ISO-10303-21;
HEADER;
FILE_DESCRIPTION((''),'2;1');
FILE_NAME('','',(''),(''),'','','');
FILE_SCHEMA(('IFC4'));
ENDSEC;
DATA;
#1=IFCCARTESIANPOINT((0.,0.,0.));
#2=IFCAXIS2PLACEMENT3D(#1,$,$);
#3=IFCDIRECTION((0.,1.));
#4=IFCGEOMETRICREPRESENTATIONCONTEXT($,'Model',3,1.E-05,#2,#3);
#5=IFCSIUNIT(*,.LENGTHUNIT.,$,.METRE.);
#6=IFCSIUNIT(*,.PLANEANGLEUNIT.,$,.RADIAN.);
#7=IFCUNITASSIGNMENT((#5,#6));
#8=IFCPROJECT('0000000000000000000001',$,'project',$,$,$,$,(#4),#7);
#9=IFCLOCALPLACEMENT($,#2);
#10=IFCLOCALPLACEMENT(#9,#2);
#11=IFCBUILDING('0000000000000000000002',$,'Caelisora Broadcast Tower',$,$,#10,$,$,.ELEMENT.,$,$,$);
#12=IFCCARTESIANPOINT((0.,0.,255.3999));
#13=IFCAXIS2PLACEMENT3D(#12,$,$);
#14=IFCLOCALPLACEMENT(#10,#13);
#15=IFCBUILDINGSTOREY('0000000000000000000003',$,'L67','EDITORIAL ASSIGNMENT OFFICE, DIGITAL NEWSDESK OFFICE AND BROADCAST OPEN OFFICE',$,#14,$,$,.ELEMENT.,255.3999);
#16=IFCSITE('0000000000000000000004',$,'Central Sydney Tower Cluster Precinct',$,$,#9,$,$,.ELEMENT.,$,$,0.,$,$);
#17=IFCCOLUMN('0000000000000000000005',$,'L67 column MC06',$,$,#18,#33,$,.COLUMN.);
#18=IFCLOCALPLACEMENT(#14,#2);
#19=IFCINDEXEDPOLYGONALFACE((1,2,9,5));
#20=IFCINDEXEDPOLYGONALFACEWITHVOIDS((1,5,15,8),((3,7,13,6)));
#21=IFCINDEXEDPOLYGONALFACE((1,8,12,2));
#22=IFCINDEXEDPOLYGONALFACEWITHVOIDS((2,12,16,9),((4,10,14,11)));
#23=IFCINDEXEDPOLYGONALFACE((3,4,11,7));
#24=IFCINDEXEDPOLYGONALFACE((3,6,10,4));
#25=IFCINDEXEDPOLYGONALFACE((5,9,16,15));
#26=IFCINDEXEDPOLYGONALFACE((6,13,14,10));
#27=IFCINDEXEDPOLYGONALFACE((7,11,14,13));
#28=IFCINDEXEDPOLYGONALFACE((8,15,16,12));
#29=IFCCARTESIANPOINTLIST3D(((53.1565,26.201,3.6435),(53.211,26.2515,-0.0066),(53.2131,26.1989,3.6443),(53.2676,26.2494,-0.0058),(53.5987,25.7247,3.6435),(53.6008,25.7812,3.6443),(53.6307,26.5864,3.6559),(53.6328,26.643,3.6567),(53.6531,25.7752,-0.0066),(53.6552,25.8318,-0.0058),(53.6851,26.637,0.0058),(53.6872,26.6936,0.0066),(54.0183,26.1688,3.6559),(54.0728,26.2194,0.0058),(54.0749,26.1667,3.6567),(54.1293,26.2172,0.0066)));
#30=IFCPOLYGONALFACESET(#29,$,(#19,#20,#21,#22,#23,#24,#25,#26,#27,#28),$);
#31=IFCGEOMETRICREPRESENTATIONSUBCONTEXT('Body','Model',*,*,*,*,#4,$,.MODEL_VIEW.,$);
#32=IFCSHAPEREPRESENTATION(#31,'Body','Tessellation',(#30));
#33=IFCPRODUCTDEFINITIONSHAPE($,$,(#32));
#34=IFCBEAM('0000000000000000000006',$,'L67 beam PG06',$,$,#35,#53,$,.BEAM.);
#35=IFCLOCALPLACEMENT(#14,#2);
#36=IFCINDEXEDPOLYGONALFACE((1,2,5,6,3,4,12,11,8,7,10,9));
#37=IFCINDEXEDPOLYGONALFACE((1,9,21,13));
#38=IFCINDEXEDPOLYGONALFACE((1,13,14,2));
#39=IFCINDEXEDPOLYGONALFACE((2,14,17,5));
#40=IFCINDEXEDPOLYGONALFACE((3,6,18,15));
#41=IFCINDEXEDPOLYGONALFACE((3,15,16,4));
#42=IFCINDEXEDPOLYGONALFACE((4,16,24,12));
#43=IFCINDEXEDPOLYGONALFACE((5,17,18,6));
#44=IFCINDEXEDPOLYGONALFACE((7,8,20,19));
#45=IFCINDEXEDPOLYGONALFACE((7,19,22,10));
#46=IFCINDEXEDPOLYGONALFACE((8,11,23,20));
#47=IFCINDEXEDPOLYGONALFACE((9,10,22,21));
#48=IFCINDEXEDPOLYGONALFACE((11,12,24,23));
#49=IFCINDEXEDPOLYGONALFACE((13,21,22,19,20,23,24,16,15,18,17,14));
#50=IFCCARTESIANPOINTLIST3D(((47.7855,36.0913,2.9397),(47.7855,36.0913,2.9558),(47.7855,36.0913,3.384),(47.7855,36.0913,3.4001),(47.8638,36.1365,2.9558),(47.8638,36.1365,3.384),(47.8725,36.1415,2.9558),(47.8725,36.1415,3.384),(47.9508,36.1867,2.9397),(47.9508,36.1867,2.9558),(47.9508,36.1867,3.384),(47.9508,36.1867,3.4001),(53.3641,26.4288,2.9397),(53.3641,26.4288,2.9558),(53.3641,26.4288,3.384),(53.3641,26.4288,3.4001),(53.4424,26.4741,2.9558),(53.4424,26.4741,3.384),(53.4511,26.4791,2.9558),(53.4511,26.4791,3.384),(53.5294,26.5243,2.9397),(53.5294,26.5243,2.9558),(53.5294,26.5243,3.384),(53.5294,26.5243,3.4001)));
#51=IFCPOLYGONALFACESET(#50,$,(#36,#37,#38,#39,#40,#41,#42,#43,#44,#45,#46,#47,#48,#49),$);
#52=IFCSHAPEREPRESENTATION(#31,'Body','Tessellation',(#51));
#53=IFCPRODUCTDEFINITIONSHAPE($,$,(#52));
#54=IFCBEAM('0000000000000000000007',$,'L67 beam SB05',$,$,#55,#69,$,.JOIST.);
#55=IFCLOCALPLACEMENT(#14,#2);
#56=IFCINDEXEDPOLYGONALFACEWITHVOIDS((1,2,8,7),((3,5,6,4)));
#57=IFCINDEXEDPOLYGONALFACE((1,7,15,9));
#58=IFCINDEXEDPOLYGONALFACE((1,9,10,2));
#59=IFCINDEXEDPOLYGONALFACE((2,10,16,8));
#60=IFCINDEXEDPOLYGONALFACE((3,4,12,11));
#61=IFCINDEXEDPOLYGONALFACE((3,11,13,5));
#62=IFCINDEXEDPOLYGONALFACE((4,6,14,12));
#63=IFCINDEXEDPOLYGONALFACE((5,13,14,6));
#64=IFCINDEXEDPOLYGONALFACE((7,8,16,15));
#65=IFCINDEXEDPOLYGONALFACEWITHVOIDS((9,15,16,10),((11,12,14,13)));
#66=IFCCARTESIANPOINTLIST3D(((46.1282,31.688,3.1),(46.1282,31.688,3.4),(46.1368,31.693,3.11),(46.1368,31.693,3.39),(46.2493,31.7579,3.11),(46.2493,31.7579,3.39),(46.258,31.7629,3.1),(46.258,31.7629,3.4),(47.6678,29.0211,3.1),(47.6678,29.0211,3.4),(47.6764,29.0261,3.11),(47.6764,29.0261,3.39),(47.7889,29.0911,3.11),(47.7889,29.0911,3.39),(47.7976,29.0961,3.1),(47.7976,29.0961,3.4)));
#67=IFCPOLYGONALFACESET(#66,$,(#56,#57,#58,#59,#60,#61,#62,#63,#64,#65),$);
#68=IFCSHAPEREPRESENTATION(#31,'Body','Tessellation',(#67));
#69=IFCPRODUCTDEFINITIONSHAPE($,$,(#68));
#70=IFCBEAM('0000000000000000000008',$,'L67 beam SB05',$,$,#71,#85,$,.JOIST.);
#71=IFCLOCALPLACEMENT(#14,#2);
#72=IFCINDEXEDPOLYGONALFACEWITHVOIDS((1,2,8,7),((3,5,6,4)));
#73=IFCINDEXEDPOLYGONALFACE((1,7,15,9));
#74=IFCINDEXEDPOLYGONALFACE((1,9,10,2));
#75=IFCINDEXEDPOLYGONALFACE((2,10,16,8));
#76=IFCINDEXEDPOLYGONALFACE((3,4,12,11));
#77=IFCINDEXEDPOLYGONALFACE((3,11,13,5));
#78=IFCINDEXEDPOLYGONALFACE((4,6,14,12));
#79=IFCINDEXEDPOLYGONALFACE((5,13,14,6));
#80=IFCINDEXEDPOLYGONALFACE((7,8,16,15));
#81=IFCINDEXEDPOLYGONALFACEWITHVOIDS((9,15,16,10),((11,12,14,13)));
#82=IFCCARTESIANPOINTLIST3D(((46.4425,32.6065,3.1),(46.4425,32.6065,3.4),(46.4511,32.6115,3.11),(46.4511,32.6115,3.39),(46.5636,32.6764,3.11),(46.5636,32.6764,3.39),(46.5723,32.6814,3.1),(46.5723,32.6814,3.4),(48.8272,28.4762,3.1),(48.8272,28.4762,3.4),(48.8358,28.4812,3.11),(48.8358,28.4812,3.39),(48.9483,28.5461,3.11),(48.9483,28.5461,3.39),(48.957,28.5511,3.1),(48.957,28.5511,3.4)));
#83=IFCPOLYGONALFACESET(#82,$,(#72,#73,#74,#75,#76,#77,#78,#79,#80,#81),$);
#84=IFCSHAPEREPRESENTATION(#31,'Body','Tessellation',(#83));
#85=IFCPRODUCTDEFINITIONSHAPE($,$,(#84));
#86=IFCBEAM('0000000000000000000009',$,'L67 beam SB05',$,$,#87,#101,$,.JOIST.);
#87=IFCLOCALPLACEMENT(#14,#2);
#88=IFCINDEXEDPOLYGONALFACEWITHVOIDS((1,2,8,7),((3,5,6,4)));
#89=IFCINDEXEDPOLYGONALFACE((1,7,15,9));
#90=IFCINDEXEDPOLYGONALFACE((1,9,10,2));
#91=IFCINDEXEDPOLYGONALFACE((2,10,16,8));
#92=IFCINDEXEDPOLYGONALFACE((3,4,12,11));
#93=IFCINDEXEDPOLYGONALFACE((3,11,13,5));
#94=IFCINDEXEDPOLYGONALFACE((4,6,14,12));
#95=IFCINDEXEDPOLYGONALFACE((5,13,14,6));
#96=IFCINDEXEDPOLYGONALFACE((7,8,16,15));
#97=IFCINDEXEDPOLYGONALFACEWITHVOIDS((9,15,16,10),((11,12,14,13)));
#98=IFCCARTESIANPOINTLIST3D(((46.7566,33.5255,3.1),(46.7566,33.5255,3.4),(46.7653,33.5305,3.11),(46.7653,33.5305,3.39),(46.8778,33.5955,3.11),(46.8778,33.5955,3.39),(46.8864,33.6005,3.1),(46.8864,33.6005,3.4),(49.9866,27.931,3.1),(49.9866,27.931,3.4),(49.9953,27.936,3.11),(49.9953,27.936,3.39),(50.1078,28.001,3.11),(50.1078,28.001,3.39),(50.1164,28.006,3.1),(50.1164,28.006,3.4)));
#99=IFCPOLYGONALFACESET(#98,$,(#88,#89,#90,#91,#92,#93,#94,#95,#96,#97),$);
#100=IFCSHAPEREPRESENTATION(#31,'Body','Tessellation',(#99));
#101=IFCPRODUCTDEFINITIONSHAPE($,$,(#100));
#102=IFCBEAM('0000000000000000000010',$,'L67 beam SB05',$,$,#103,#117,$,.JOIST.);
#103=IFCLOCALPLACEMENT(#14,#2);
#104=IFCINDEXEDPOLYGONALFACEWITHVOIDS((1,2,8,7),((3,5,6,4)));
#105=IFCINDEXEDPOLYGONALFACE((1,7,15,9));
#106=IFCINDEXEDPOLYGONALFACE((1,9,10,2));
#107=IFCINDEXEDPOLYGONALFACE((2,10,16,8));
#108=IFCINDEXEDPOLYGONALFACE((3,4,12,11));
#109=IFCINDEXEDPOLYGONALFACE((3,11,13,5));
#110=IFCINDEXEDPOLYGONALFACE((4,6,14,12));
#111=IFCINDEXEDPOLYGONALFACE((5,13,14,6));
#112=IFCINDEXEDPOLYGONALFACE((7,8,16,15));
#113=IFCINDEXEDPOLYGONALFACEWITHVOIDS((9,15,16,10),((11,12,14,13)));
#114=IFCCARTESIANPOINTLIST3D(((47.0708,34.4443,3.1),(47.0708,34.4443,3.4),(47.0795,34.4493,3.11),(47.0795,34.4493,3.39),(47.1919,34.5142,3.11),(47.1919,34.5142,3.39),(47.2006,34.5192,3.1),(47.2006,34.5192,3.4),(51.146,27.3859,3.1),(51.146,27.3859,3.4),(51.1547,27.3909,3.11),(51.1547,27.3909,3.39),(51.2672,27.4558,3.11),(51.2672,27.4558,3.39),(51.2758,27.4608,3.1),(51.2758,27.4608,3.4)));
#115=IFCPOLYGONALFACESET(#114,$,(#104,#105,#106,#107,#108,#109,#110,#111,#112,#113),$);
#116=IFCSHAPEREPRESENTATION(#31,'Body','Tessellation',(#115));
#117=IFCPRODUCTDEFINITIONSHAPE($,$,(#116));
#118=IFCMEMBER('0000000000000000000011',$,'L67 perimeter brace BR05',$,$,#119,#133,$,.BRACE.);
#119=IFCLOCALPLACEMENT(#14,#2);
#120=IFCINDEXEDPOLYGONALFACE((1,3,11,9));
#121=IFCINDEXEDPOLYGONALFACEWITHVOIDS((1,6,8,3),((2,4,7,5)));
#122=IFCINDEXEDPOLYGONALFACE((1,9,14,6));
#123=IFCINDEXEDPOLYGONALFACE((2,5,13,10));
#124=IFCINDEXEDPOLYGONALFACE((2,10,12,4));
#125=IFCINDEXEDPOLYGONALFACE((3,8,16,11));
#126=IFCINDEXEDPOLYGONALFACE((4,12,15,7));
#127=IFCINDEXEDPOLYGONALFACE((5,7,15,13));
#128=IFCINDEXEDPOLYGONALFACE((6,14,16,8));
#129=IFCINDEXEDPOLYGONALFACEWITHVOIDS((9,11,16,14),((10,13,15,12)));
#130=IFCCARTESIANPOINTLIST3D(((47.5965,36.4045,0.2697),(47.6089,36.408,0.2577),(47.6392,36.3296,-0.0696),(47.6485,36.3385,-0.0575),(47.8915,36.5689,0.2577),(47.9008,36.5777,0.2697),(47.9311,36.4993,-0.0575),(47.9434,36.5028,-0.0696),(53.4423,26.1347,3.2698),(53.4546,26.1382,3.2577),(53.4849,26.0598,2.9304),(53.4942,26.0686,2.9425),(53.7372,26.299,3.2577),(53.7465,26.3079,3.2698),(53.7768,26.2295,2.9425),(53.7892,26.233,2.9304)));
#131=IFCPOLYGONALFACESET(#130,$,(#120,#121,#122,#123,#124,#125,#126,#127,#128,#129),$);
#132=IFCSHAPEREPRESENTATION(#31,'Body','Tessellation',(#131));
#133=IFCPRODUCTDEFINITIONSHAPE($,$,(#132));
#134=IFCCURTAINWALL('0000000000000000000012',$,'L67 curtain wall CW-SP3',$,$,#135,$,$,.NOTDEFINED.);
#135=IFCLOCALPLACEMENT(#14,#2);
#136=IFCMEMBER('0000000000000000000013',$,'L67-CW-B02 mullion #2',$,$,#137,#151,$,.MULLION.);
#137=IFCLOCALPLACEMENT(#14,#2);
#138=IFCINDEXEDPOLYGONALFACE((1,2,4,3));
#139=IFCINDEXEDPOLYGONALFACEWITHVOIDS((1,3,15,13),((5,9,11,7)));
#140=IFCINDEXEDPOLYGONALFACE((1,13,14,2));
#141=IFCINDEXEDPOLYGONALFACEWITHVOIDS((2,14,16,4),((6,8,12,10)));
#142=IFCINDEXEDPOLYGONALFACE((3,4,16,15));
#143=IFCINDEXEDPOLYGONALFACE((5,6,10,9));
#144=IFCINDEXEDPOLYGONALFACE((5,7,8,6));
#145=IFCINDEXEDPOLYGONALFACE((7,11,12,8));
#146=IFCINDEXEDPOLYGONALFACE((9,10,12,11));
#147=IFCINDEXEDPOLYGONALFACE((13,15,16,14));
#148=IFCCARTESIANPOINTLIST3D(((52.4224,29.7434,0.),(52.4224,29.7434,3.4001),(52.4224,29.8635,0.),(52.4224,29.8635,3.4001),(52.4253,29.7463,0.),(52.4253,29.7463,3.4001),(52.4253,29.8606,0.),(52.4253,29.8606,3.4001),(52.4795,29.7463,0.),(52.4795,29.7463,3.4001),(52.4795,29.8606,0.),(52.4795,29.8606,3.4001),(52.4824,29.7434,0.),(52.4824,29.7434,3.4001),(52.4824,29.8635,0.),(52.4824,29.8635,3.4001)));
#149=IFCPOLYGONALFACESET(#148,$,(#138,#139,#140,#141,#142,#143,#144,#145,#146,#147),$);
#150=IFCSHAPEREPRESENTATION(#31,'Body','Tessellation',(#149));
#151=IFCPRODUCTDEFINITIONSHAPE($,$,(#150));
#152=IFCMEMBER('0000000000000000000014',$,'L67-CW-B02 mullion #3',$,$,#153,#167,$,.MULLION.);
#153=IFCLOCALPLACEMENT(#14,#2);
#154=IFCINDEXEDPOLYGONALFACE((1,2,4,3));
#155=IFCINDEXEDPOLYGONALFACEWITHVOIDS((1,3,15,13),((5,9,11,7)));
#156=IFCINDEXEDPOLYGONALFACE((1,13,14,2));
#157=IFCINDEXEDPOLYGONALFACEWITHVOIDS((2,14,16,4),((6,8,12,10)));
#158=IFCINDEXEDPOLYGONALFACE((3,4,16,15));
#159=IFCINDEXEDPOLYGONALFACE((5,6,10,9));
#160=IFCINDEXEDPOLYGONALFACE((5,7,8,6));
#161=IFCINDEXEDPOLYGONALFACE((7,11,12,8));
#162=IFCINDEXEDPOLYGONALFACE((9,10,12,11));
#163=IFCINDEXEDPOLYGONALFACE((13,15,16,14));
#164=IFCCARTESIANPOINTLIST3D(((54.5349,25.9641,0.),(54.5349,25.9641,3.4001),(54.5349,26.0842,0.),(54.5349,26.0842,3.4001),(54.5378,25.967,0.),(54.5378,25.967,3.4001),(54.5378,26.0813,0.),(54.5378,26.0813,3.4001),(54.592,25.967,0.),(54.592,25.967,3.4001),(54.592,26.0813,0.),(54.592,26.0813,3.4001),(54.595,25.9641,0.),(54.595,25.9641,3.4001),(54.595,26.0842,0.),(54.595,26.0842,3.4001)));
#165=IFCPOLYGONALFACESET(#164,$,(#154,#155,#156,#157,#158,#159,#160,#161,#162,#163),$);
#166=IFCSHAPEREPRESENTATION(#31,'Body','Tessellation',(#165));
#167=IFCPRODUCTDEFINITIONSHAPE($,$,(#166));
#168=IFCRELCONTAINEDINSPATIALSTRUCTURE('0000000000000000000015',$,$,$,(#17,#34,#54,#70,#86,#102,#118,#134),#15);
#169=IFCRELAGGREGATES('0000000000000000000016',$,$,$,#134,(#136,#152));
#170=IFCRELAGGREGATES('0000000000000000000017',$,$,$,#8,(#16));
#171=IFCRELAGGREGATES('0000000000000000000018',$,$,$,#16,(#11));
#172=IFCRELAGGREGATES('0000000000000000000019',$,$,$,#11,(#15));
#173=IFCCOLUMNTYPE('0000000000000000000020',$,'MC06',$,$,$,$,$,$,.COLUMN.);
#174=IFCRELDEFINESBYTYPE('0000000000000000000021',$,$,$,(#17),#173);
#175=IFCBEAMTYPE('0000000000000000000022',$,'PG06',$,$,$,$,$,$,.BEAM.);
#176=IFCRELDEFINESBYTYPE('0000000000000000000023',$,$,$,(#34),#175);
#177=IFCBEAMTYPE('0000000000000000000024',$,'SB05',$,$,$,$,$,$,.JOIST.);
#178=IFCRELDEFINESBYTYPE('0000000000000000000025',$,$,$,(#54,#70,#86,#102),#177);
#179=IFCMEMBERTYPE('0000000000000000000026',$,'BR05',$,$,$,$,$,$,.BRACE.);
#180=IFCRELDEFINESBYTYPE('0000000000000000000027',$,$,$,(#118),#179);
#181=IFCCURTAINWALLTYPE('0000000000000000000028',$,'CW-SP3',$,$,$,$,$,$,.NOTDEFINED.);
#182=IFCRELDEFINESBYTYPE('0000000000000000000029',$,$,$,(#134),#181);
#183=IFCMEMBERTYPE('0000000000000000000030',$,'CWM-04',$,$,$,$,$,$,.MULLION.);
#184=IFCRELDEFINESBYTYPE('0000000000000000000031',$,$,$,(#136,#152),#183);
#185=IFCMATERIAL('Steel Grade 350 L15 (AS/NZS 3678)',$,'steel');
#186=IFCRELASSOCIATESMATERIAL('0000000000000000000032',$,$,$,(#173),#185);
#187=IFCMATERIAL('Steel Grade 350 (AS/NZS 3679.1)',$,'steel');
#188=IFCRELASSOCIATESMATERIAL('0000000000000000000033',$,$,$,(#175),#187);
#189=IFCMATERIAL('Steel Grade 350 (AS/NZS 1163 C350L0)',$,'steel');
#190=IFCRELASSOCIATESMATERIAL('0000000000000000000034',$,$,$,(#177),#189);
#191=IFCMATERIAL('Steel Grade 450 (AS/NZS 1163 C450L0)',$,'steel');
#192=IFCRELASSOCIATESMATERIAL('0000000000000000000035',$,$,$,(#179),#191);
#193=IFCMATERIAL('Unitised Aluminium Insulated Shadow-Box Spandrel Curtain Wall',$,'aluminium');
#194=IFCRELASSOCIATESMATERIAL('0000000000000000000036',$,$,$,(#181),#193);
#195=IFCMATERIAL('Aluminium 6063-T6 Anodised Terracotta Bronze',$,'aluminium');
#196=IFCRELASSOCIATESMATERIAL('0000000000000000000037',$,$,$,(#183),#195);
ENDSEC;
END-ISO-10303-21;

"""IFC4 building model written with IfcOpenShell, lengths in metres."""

from ifc_helpers import new_model, si_unit, direction, frame, origin, origin_2d, place, context, subcontext, project, spatial, hollow_rectangle, i_section, extrude, source, transform, mapped, material, material_profile, profile_set, type_object, type_shapes, element, aggregate, save


model = new_model("IFC4")

# Units and contexts
model_context = context("Model", 3, precision=1e-05, world=origin(), true_north=direction((0.0, 1.0)))
body_context = subcontext(model_context, "Body", "Model", "MODEL_VIEW")
ifc_project = project(units=[si_unit("LENGTHUNIT", "METRE"), si_unit("PLANEANGLEUNIT", "RADIAN")], contexts=[model_context])

# Site, building, storey
site_placement = place(None, origin())
site = spatial("IfcSite", under=ifc_project, at=site_placement, Name="Central Sydney Tower Cluster Precinct", CompositionType="ELEMENT", RefElevation=0.0)
building_placement = place(site_placement, origin())
building = spatial("IfcBuilding", under=site, at=building_placement, Name="Caelisora Broadcast Tower", CompositionType="ELEMENT")
storey_placement = place(building_placement, frame((0.0, 0.0, 255.3999)))
storey = spatial("IfcBuildingStorey", under=building, at=storey_placement, Name="L67", Description="EDITORIAL ASSIGNMENT OFFICE, DIGITAL NEWSDESK OFFICE AND BROADCAST OPEN OFFICE", CompositionType="ELEMENT", Elevation=255.3999)

# Column
ifc_material_1 = material(Name="Steel Grade 350 L15 (AS/NZS 3678)", Category="steel")
ifc_material_profile_1 = material_profile(ifc_material_1, hollow_rectangle(XDim=0.6499, YDim=0.6499, WallThickness=0.04, at=origin_2d()), Name="Steel Grade 350 L15 (AS/NZS 3678)")
ifc_profile_set_1 = profile_set([ifc_material_profile_1], Name="Steel Grade 350 L15 (AS/NZS 3678)")
column_type = type_object("IfcColumnType", Name="MC06", PredefinedType="COLUMN", material=ifc_profile_set_1)
shared_shape_1 = source(origin(), body_context, "Body", "SweptSolid", [
    extrude(hollow_rectangle(XDim=0.6499, YDim=0.6499, WallThickness=0.04, at=origin_2d()), origin(), (0.0, 0.0, 1.0), 3.6509),
])
type_shapes(column_type, [shared_shape_1])
column_placement = place(storey_placement, frame((53.6702, 26.2344, 0.0), z_axis=(-0.014912, -0.013842, 0.999793), x_axis=(0.680325, -0.732911, 0.0)))
element("IfcColumn", 1, at=column_placement, inside=storey, type_object=column_type, Name="L67 column MC06", PredefinedType="COLUMN", context=body_context, shape_type="MappedRepresentation", body=[
    mapped(shared_shape_1, transform((0.0, 0.0, 0.0), scale=1.0)),
])

# Beams
ifc_material_2 = material(Name="Steel Grade 350 (AS/NZS 3679.1)", Category="steel")
ifc_material_profile_2 = material_profile(ifc_material_2, i_section(OverallWidth=0.1909, OverallDepth=0.4604, WebThickness=0.01, FlangeThickness=0.0161, at=origin_2d()), Name="Steel Grade 350 (AS/NZS 3679.1)")
ifc_profile_set_2 = profile_set([ifc_material_profile_2], Name="Steel Grade 350 (AS/NZS 3679.1)")
beam_type_1 = type_object("IfcBeamType", Name="PG06", PredefinedType="BEAM", material=ifc_profile_set_2)
shared_shape_2 = source(origin(), body_context, "Body", "SweptSolid", [
    extrude(i_section(OverallWidth=0.1909, OverallDepth=0.4604, WebThickness=0.01, FlangeThickness=0.0161, at=origin_2d()), origin(), (0.0, 0.0, 1.0), 11.1572),
])
type_shapes(beam_type_1, [shared_shape_2])
beam_1_placement = place(storey_placement, frame((53.4468, 26.4766, 3.1699), z_axis=(-0.500003, 0.866023, 0.0), x_axis=(-0.866023, -0.500003, 0.0)))
element("IfcBeam", 2, at=beam_1_placement, inside=storey, type_object=beam_type_1, Name="L67 beam PG06", PredefinedType="BEAM", context=body_context, shape_type="MappedRepresentation", body=[
    mapped(shared_shape_2, transform((0.0, 0.0, 0.0), scale=1.0)),
])
ifc_material_3 = material(Name="Steel Grade 350 (AS/NZS 1163 C350L0)", Category="steel")
ifc_material_profile_3 = material_profile(ifc_material_3, hollow_rectangle(XDim=0.1499, YDim=0.3, WallThickness=0.01, at=origin_2d()), Name="Steel Grade 350 (AS/NZS 1163 C350L0)")
ifc_profile_set_3 = profile_set([ifc_material_profile_3], Name="Steel Grade 350 (AS/NZS 1163 C350L0)")
beam_type_2 = type_object("IfcBeamType", Name="SB05", PredefinedType="JOIST", material=ifc_profile_set_3)
shared_shape_3 = source(origin(), body_context, "Body", "SweptSolid", [
    extrude(hollow_rectangle(XDim=0.1499, YDim=0.3, WallThickness=0.01, at=origin_2d()), origin(), (0.0, 0.0, 1.0), 3.0793),
])
beam_2_placement = place(storey_placement, frame((47.7327, 29.0586, 3.25), z_axis=(-0.499976, 0.866039, 0.0), x_axis=(-0.866039, -0.499976, 0.0)))
element("IfcBeam", 3, at=beam_2_placement, inside=storey, type_object=beam_type_2, Name="L67 beam SB05", PredefinedType="JOIST", context=body_context, shape_type="MappedRepresentation", body=[
    mapped(shared_shape_3, transform((0.0, 0.0, 0.0), scale=1.0)),
])
shared_shape_4 = source(origin(), body_context, "Body", "SweptSolid", [
    extrude(hollow_rectangle(XDim=0.1499, YDim=0.3, WallThickness=0.01, at=origin_2d()), origin(), (0.0, 0.0, 1.0), 4.7693),
])
beam_3_placement = place(storey_placement, frame((48.8921, 28.5137, 3.25), z_axis=(-0.500015, 0.866017, 0.0), x_axis=(-0.866017, -0.500015, 0.0)))
element("IfcBeam", 4, at=beam_3_placement, inside=storey, type_object=beam_type_2, Name="L67 beam SB05", PredefinedType="JOIST", context=body_context, shape_type="MappedRepresentation", body=[
    mapped(shared_shape_4, transform((0.0, 0.0, 0.0), scale=1.0)),
])
shared_shape_5 = source(origin(), body_context, "Body", "SweptSolid", [
    extrude(hollow_rectangle(XDim=0.1499, YDim=0.3, WallThickness=0.01, at=origin_2d()), origin(), (0.0, 0.0, 1.0), 6.46),
])
beam_4_placement = place(storey_placement, frame((50.0515, 27.9685, 3.25), z_axis=(-0.500001, 0.866025, 0.0), x_axis=(-0.866025, -0.500001, 0.0)))
element("IfcBeam", 5, at=beam_4_placement, inside=storey, type_object=beam_type_2, Name="L67 beam SB05", PredefinedType="JOIST", context=body_context, shape_type="MappedRepresentation", body=[
    mapped(shared_shape_5, transform((0.0, 0.0, 0.0), scale=1.0)),
])
shared_shape_6 = source(origin(), body_context, "Body", "SweptSolid", [
    extrude(hollow_rectangle(XDim=0.1499, YDim=0.3, WallThickness=0.01, at=origin_2d()), origin(), (0.0, 0.0, 1.0), 8.1504),
])
type_shapes(beam_type_2, [shared_shape_3, shared_shape_4, shared_shape_5, shared_shape_6])
beam_5_placement = place(storey_placement, frame((51.2109, 27.4233, 3.25), z_axis=(-0.500005, 0.866022, 0.0), x_axis=(-0.866022, -0.500005, 0.0)))
element("IfcBeam", 6, at=beam_5_placement, inside=storey, type_object=beam_type_2, Name="L67 beam SB05", PredefinedType="JOIST", context=body_context, shape_type="MappedRepresentation", body=[
    mapped(shared_shape_6, transform((0.0, 0.0, 0.0), scale=1.0)),
])

# Member
ifc_material_4 = material(Name="Steel Grade 450 (AS/NZS 1163 C450L0)", Category="steel")
ifc_material_profile_4 = material_profile(ifc_material_4, hollow_rectangle(XDim=0.3501, YDim=0.3501, WallThickness=0.0125, at=origin_2d()), Name="Steel Grade 450 (AS/NZS 1163 C450L0)")
ifc_profile_set_4 = profile_set([ifc_material_profile_4], Name="Steel Grade 450 (AS/NZS 1163 C450L0)")
member_type_1 = type_object("IfcMemberType", Name="BR05", PredefinedType="BRACE", material=ifc_profile_set_4)
shared_shape_7 = source(origin(), body_context, "Body", "SweptSolid", [
    extrude(hollow_rectangle(XDim=0.3501, YDim=0.3501, WallThickness=0.0125, at=origin_2d()), origin(), (0.0, 0.0, 1.0), 12.1919),
])
type_shapes(member_type_1, [shared_shape_7])
member_1_placement = place(storey_placement, frame((53.6157, 26.1838, 3.1001), z_axis=(-0.479477, 0.842349, -0.246067), x_axis=(-0.869071, -0.494688, 0.0)))
element("IfcMember", 7, at=member_1_placement, inside=storey, type_object=member_type_1, Name="L67 perimeter brace BR05", PredefinedType="BRACE", context=body_context, shape_type="MappedRepresentation", body=[
    mapped(shared_shape_7, transform((0.0, 0.0, 0.0), scale=1.0)),
])

# Curtain wall, members
ifc_material_5 = material(Name="Unitised Aluminium Insulated Shadow-Box Spandrel Curtain Wall", Category="aluminium")
curtain_wall_type_1 = type_object("IfcCurtainWallType", Name="CW-SP3", PredefinedType="NOTDEFINED", material=ifc_material_5)
curtain_wall_1_placement = place(storey_placement, origin())
curtain_wall_1 = element("IfcCurtainWall", 8, at=curtain_wall_1_placement, inside=storey, type_object=curtain_wall_type_1, Name="L67 curtain wall CW-SP3", PredefinedType="NOTDEFINED")
ifc_material_6 = material(Name="Aluminium 6063-T6 Anodised Terracotta Bronze", Category="aluminium")
ifc_material_profile_5 = material_profile(ifc_material_6, hollow_rectangle(XDim=0.0601, YDim=0.1201, WallThickness=0.0029, at=origin_2d()), Name="Aluminium 6063-T6 Anodised Terracotta Bronze")
ifc_profile_set_5 = profile_set([ifc_material_profile_5], Name="Aluminium 6063-T6 Anodised Terracotta Bronze")
member_type_2 = type_object("IfcMemberType", Name="CWM-04", PredefinedType="MULLION", material=ifc_profile_set_5)
shared_shape_8 = source(origin(), body_context, "Body", "SweptSolid", [
    extrude(hollow_rectangle(XDim=0.0601, YDim=0.1201, WallThickness=0.0029, at=origin_2d()), origin(), (0.0, 0.0, 1.0), 3.4001),
])
type_shapes(member_type_2, [shared_shape_8])
member_2_placement = place(storey_placement, frame((52.4524, 29.8035, 0.0), z_axis=(0.0, 0.0, 1.0), x_axis=(1.0, 0.0, 0.0)))
member_2 = element("IfcMember", 9, at=member_2_placement, type_object=member_type_2, Name="L67-CW-B02 mullion #2", PredefinedType="MULLION", context=body_context, shape_type="MappedRepresentation", body=[
    mapped(shared_shape_8, transform((0.0, 0.0, 0.0), scale=1.0)),
])
member_3_placement = place(storey_placement, frame((54.5649, 26.0242, 0.0), z_axis=(0.0, 0.0, 1.0), x_axis=(1.0, 0.0, 0.0)))
member_3 = element("IfcMember", 10, at=member_3_placement, type_object=member_type_2, Name="L67-CW-B02 mullion #3", PredefinedType="MULLION", context=body_context, shape_type="MappedRepresentation", body=[
    mapped(shared_shape_8, transform((0.0, 0.0, 0.0), scale=1.0)),
])

aggregate(curtain_wall_1, [member_2, member_3])

save(model, "model.ifc")
